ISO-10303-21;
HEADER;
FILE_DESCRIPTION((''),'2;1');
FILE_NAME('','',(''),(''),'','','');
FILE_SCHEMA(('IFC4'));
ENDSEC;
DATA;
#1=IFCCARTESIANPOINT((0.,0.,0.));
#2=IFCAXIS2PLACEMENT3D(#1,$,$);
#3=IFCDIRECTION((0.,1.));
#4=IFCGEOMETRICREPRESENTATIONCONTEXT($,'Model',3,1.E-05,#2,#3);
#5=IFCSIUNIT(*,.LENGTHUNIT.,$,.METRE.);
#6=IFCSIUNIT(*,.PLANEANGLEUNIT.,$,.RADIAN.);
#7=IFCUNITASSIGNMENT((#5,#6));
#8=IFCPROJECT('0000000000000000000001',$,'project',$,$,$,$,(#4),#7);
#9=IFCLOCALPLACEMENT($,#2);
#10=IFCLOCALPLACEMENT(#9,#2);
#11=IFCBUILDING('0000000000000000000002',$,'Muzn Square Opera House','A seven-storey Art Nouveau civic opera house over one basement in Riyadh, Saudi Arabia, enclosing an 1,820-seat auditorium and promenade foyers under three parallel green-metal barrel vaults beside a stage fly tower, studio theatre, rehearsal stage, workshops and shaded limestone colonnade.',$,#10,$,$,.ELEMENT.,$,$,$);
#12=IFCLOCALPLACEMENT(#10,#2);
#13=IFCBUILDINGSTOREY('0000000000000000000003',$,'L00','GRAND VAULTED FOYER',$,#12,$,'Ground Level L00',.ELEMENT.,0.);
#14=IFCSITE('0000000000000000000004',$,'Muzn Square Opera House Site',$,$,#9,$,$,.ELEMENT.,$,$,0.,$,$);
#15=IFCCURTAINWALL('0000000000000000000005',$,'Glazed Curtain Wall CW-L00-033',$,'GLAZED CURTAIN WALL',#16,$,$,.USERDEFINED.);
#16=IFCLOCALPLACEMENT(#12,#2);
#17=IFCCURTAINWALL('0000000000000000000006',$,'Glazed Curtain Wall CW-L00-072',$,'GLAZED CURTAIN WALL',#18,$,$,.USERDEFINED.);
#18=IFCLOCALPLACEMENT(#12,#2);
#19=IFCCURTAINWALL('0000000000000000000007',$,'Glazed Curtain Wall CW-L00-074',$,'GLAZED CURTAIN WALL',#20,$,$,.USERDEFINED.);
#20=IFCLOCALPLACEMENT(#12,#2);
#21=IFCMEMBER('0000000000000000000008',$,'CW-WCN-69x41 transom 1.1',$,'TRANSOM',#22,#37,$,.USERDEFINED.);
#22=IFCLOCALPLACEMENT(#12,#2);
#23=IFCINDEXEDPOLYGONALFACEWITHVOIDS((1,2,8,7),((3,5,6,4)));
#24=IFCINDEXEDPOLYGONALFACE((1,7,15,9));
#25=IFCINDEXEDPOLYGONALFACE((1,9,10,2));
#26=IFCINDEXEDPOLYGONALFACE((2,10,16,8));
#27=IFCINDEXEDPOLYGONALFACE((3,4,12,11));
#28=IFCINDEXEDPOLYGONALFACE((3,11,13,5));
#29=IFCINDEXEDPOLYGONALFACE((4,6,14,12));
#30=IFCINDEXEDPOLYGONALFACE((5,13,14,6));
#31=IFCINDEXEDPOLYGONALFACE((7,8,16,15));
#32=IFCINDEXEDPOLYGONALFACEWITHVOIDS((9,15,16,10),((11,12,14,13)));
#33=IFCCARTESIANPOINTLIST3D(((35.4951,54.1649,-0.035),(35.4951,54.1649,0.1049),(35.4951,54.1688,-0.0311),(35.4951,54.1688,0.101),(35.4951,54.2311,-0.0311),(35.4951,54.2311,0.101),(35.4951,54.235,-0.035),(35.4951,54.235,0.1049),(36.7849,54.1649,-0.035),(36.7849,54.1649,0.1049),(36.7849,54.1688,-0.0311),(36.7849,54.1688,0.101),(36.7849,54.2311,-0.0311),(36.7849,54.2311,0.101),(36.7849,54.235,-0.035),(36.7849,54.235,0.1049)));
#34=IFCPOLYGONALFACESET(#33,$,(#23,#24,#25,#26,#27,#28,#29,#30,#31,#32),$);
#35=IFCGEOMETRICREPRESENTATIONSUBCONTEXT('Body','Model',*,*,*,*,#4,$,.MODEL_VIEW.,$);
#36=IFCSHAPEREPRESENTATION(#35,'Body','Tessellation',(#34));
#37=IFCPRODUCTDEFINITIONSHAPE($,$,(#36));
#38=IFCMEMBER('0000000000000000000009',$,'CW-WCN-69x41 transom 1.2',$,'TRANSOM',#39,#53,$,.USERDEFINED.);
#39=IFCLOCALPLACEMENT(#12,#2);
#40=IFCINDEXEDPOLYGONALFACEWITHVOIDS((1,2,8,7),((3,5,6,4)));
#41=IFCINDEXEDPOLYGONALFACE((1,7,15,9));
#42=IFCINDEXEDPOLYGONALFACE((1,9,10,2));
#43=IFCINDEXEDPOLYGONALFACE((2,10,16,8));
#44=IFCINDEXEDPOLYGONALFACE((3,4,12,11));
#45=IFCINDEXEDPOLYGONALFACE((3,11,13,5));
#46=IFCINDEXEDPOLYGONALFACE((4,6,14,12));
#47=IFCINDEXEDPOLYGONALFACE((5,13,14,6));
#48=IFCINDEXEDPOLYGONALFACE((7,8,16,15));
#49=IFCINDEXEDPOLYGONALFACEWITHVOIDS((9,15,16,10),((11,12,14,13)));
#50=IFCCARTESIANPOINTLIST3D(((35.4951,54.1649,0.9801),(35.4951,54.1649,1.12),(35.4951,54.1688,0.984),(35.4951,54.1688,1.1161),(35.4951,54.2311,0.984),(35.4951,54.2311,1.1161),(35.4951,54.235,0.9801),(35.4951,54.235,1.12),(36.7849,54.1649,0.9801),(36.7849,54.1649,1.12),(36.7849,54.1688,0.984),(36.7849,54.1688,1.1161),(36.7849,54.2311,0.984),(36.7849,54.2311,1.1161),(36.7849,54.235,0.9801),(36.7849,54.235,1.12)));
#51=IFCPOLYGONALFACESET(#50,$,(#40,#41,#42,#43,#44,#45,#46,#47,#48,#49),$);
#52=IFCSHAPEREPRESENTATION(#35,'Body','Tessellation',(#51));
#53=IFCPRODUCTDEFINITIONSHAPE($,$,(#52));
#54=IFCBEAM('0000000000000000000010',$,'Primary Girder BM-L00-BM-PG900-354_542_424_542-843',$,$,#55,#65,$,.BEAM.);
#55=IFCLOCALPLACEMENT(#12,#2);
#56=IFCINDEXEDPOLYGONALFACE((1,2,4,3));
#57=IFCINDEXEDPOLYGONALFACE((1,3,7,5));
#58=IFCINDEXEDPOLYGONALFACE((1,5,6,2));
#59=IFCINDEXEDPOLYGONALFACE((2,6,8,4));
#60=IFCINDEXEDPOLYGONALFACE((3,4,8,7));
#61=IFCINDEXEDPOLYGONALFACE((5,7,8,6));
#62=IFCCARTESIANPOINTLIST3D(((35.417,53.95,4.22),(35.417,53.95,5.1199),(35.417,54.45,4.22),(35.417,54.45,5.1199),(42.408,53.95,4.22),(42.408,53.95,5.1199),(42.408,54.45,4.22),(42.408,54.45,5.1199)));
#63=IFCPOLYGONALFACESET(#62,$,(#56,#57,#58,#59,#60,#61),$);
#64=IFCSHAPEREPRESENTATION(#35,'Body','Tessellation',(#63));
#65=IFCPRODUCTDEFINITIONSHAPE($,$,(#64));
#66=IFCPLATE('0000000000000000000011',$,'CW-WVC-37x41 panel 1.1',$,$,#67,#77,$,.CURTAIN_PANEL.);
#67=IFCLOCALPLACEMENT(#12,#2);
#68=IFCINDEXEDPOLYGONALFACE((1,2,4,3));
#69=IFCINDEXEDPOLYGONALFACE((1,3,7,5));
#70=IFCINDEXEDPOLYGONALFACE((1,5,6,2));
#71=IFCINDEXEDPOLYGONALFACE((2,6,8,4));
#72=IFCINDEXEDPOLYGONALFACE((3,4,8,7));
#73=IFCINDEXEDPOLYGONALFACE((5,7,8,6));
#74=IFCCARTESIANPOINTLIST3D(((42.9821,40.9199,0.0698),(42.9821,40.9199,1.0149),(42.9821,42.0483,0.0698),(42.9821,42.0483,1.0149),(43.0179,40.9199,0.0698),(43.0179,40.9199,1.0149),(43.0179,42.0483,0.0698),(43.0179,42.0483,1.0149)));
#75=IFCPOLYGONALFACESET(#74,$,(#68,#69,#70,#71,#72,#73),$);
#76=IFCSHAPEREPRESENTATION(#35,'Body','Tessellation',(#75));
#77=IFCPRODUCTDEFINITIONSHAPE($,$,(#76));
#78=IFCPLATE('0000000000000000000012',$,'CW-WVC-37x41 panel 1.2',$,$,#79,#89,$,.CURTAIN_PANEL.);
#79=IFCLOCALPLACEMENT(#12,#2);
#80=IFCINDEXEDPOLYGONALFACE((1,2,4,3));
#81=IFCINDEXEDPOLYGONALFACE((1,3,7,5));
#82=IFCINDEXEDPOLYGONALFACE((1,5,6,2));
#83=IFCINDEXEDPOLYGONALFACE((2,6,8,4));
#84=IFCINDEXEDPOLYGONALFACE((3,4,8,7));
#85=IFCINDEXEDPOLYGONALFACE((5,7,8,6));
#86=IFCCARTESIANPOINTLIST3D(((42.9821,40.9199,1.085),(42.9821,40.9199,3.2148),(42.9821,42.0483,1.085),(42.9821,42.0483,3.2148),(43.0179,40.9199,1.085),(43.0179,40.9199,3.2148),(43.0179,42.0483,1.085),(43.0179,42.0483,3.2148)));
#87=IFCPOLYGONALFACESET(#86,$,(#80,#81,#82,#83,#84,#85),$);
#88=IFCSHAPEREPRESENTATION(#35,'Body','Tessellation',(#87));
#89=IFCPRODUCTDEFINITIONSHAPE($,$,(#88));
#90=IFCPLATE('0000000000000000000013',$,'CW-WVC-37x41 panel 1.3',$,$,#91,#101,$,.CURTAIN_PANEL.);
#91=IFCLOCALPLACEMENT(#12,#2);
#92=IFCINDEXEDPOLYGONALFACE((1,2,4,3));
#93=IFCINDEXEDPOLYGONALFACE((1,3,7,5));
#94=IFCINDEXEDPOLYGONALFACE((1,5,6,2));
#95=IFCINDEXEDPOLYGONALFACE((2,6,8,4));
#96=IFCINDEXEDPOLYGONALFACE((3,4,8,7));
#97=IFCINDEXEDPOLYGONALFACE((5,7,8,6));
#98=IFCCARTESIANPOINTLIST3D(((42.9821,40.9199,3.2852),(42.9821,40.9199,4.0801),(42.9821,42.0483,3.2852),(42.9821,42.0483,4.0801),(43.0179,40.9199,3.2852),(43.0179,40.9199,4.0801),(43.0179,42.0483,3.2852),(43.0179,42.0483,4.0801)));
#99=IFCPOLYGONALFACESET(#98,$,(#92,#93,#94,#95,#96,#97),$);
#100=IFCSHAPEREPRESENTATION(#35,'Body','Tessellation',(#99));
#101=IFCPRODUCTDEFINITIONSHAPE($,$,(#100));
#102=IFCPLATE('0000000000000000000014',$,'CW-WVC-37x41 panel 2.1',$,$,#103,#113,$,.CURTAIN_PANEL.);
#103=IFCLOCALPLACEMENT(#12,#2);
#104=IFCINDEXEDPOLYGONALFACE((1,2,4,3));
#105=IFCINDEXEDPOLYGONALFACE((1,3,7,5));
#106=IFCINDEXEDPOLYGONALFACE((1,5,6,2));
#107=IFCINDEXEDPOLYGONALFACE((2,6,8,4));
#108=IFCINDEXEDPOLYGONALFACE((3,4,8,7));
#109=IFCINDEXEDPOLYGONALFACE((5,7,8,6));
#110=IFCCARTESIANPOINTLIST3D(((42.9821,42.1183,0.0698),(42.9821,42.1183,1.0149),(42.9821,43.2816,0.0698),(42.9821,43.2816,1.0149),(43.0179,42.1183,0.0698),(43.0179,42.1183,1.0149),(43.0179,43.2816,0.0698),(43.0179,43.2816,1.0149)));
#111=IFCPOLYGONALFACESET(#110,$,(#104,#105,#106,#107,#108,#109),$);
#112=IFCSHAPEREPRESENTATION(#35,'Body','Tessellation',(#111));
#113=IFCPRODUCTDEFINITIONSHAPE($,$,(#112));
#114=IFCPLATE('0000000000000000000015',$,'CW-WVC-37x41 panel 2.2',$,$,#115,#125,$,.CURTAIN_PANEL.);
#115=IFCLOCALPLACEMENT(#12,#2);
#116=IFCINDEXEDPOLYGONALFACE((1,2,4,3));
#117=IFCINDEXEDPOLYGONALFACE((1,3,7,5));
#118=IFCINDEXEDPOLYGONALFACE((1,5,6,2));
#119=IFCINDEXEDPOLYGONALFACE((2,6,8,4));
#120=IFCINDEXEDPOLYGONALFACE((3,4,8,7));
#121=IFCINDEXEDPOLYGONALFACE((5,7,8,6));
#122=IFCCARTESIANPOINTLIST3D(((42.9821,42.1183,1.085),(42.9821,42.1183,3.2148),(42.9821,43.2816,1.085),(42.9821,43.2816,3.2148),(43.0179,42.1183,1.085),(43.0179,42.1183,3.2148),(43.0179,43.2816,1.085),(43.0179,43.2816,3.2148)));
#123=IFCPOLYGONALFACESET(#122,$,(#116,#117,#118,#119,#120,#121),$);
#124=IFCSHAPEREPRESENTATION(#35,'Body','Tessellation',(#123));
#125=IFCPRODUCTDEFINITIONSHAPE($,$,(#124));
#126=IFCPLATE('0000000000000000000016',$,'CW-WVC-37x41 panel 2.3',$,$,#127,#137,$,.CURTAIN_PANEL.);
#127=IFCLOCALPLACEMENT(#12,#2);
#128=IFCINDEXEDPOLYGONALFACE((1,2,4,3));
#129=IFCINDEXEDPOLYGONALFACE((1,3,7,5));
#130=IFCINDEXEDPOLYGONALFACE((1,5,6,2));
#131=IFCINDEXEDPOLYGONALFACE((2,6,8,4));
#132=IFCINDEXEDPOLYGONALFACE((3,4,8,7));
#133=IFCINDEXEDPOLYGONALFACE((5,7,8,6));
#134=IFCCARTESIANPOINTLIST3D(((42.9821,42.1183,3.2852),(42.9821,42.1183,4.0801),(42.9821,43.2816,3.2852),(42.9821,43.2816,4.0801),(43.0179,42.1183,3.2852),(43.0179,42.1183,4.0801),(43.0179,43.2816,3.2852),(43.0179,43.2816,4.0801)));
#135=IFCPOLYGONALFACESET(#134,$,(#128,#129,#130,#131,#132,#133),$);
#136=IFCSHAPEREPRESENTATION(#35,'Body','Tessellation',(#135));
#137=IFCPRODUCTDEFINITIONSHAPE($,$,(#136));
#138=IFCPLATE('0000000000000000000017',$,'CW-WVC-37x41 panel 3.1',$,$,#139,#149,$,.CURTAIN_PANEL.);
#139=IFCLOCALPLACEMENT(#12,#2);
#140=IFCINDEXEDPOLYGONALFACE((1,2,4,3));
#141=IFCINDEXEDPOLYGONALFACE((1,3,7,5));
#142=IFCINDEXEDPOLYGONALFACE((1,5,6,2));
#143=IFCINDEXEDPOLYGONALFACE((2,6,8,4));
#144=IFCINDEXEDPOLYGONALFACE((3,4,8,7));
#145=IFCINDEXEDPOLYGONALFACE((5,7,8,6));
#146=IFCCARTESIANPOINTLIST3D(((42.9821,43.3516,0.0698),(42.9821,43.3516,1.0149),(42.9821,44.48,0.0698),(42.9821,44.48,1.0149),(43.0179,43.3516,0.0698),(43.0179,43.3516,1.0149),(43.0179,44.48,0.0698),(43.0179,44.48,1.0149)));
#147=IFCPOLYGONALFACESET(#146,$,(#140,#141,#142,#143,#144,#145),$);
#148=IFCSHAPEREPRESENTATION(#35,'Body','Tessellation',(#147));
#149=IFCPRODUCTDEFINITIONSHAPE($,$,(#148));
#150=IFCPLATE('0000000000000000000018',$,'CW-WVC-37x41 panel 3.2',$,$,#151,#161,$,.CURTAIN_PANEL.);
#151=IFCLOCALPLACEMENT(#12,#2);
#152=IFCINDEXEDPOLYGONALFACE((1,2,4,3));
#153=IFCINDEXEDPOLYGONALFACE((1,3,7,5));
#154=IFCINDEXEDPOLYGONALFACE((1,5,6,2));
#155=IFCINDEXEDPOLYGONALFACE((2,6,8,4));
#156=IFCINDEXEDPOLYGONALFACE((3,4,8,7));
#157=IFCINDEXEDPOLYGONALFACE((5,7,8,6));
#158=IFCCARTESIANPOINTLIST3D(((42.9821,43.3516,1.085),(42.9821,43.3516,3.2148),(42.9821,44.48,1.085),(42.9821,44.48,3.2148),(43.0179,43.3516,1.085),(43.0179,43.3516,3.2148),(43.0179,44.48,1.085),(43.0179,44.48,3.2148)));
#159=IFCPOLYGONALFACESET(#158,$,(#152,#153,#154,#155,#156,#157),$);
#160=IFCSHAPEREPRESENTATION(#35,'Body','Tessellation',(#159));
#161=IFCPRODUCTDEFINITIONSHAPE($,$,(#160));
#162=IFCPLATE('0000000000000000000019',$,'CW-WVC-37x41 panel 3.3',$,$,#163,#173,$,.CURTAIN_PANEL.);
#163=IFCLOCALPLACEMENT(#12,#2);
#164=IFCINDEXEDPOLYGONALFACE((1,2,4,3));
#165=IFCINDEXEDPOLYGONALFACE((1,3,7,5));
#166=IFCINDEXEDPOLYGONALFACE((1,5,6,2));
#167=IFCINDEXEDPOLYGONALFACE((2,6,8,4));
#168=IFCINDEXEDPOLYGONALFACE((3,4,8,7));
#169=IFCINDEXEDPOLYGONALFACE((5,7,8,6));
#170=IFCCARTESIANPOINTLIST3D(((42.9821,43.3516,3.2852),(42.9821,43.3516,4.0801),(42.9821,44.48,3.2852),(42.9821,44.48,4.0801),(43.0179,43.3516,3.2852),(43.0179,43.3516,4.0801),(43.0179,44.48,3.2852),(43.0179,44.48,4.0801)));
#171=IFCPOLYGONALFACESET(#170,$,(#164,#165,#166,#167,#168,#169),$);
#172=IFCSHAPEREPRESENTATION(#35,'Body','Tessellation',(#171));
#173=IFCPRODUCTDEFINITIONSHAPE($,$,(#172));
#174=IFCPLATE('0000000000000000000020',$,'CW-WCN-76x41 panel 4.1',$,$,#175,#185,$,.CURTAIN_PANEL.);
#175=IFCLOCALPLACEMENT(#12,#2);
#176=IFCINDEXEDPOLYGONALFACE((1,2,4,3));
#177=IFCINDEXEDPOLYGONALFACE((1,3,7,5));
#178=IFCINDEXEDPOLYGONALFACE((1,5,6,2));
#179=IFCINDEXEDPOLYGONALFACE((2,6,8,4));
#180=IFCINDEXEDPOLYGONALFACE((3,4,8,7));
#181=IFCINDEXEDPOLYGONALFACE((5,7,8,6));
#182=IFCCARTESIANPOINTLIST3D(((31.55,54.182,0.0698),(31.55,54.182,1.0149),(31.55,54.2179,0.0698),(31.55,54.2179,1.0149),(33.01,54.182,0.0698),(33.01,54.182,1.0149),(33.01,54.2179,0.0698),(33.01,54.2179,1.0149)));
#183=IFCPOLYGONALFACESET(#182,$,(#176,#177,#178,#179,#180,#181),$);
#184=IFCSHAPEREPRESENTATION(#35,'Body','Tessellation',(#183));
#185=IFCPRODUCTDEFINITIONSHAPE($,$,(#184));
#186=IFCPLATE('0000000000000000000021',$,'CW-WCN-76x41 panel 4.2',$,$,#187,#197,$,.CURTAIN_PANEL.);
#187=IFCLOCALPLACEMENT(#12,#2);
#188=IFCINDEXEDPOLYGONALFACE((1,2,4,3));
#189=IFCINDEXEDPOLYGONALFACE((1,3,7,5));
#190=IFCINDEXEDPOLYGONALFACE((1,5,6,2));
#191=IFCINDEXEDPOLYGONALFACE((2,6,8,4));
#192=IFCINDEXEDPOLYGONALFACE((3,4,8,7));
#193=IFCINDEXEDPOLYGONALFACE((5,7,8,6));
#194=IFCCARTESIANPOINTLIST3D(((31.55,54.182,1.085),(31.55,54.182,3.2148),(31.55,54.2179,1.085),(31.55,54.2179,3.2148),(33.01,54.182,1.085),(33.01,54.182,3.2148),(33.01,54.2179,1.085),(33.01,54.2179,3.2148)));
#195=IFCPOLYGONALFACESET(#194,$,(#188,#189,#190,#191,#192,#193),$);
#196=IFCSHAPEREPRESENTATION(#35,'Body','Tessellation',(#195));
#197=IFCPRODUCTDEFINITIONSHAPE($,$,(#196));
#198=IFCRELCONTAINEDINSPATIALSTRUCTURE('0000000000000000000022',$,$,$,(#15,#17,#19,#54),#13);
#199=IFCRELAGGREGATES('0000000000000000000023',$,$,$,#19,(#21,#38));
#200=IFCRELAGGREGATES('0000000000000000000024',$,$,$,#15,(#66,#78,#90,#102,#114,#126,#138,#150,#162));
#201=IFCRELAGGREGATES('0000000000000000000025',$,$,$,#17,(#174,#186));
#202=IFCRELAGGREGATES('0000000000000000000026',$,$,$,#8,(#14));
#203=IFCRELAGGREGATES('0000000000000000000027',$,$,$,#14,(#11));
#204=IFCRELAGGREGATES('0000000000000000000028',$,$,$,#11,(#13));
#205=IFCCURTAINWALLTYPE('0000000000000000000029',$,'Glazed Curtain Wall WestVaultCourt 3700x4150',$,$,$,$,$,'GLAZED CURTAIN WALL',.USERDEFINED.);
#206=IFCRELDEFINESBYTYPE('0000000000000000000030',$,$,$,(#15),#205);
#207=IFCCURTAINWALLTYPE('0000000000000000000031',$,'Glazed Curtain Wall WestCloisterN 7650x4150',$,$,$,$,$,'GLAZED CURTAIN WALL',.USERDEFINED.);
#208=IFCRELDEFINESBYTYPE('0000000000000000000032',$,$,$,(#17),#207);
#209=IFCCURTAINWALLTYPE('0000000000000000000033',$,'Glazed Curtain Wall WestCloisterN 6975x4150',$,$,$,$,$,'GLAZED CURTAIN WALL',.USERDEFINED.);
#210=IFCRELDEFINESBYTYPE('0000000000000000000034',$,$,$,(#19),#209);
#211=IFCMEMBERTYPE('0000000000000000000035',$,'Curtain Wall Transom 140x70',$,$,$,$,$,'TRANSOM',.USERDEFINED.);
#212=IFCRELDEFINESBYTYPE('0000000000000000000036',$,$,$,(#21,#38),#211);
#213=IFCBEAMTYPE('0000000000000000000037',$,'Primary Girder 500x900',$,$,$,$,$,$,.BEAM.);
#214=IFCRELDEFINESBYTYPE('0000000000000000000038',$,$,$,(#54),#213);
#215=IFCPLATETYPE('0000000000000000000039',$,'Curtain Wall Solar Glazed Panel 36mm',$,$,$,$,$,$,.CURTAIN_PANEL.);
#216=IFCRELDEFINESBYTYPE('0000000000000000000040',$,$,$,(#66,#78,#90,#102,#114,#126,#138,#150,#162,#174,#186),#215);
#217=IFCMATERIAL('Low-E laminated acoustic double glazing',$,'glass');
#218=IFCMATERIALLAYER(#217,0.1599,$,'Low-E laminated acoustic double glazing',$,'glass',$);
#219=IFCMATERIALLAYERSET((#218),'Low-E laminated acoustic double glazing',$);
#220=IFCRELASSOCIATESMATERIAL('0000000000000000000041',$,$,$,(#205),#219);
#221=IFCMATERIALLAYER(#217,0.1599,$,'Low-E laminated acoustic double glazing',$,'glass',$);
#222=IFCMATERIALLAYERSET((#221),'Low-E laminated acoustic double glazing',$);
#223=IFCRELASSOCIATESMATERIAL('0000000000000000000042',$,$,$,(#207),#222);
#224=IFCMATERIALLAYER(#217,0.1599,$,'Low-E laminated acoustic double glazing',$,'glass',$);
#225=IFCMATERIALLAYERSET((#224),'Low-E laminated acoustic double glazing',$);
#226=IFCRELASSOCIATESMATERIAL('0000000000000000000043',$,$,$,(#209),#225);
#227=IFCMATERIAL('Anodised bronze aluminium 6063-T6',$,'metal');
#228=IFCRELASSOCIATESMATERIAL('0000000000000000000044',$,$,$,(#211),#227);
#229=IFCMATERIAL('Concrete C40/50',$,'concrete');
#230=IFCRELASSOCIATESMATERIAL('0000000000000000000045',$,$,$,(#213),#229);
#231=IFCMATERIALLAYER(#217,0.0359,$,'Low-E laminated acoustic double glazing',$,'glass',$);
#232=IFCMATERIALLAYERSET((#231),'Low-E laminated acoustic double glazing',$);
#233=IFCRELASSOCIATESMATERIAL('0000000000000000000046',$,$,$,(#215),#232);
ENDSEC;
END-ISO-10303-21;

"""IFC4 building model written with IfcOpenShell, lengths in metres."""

from ifc_helpers import new_model, si_unit, direction, frame, origin, origin_2d, place, context, subcontext, project, spatial, rectangle, hollow_rectangle, extrude, material, layer, layer_set, material_profile, profile_set, type_object, element, aggregate, save


model = new_model("IFC4")

# Units and contexts
model_context = context("Model", 3, precision=1e-05, world=origin(), true_north=direction((0.0, 1.0)))
body_context = subcontext(model_context, "Body", "Model", "MODEL_VIEW")
ifc_project = project(units=[si_unit("LENGTHUNIT", "METRE"), si_unit("PLANEANGLEUNIT", "RADIAN")], contexts=[model_context])

# Site, building, storey
site_placement = place(None, origin())
site = spatial("IfcSite", under=ifc_project, at=site_placement, Name="Muzn Square Opera House Site", CompositionType="ELEMENT", RefElevation=0.0)
building_placement = place(site_placement, origin())
building = spatial("IfcBuilding", under=site, at=building_placement, Name="Muzn Square Opera House", Description="A seven-storey Art Nouveau civic opera house over one basement in Riyadh, Saudi Arabia, enclosing an 1,820-seat auditorium and promenade foyers under three parallel green-metal barrel vaults beside a stage fly tower, studio theatre, rehearsal stage, workshops and shaded limestone colonnade.", CompositionType="ELEMENT")
storey_placement = place(building_placement, origin())
storey = spatial("IfcBuildingStorey", under=building, at=storey_placement, Name="L00", Description="GRAND VAULTED FOYER", LongName="Ground Level L00", CompositionType="ELEMENT", Elevation=0.0)

# Curtain walls
ifc_material_1 = material(Name="Low-E laminated acoustic double glazing", Category="glass")
ifc_layer_1 = layer(ifc_material_1, 0.1599, Name="Low-E laminated acoustic double glazing", Category="glass")
ifc_layer_set_1 = layer_set([ifc_layer_1], Name="Low-E laminated acoustic double glazing")
curtain_wall_type_1 = type_object("IfcCurtainWallType", Name="Glazed Curtain Wall WestVaultCourt 3700x4150", ElementType="GLAZED CURTAIN WALL", PredefinedType="USERDEFINED", material=ifc_layer_set_1)
curtain_wall_1_placement = place(storey_placement, origin())
curtain_wall_1 = element("IfcCurtainWall", 1, at=curtain_wall_1_placement, inside=storey, type_object=curtain_wall_type_1, Name="Glazed Curtain Wall CW-L00-033", ObjectType="GLAZED CURTAIN WALL", PredefinedType="USERDEFINED")
ifc_material_2 = material(Name="Anodised bronze aluminium 6063-T6", Category="metal")
ifc_layer_2 = layer(ifc_material_1, 0.1599, Name="Low-E laminated acoustic double glazing", Category="glass")
ifc_layer_set_2 = layer_set([ifc_layer_2], Name="Low-E laminated acoustic double glazing")
curtain_wall_type_2 = type_object("IfcCurtainWallType", Name="Glazed Curtain Wall WestCloisterN 7650x4150", ElementType="GLAZED CURTAIN WALL", PredefinedType="USERDEFINED", material=ifc_layer_set_2)
curtain_wall_2_placement = place(storey_placement, origin())
curtain_wall_2 = element("IfcCurtainWall", 2, at=curtain_wall_2_placement, inside=storey, type_object=curtain_wall_type_2, Name="Glazed Curtain Wall CW-L00-072", ObjectType="GLAZED CURTAIN WALL", PredefinedType="USERDEFINED")

# Curtain wall
ifc_layer_3 = layer(ifc_material_1, 0.1599, Name="Low-E laminated acoustic double glazing", Category="glass")
ifc_layer_set_3 = layer_set([ifc_layer_3], Name="Low-E laminated acoustic double glazing")
curtain_wall_type_3 = type_object("IfcCurtainWallType", Name="Glazed Curtain Wall WestCloisterN 6975x4150", ElementType="GLAZED CURTAIN WALL", PredefinedType="USERDEFINED", material=ifc_layer_set_3)
curtain_wall_3_placement = place(storey_placement, origin())
curtain_wall_3 = element("IfcCurtainWall", 3, at=curtain_wall_3_placement, inside=storey, type_object=curtain_wall_type_3, Name="Glazed Curtain Wall CW-L00-074", ObjectType="GLAZED CURTAIN WALL", PredefinedType="USERDEFINED")

# Members
ifc_material_profile_1 = material_profile(ifc_material_2, hollow_rectangle(XDim=0.0701, YDim=0.1399, WallThickness=0.0039, at=origin_2d()), Name="ALU 140x70x4", Category="metal")
ifc_profile_set_1 = profile_set([ifc_material_profile_1], Name="Anodised bronze aluminium 6063-T6")
member_type_1 = type_object("IfcMemberType", Name="Curtain Wall Transom 140x70", ElementType="TRANSOM", PredefinedType="USERDEFINED", material=ifc_profile_set_1)
member_1_placement = place(storey_placement, frame((35.4951, 54.2, 0.0349), z_axis=(1.0, 0.0, 0.0), x_axis=(0.0, 1.0, 0.0)))
member_1 = element("IfcMember", 4, at=member_1_placement, type_object=member_type_1, Name="CW-WCN-69x41 transom 1.1", ObjectType="TRANSOM", PredefinedType="USERDEFINED", context=body_context, shape_type="SweptSolid", body=[
    extrude(hollow_rectangle(XDim=0.0701, YDim=0.1399, WallThickness=0.0039, at=origin_2d()), origin(), (0.0, 0.0, 1.0), 1.2898),
])
member_2_placement = place(storey_placement, frame((35.4951, 54.2, 1.05), z_axis=(1.0, 0.0, 0.0), x_axis=(0.0, 1.0, 0.0)))
member_2 = element("IfcMember", 5, at=member_2_placement, type_object=member_type_1, Name="CW-WCN-69x41 transom 1.2", ObjectType="TRANSOM", PredefinedType="USERDEFINED", context=body_context, shape_type="SweptSolid", body=[
    extrude(hollow_rectangle(XDim=0.0701, YDim=0.1399, WallThickness=0.0039, at=origin_2d()), origin(), (0.0, 0.0, 1.0), 1.2898),
])
aggregate(curtain_wall_3, [member_1, member_2])

# Beam
ifc_material_3 = material(Name="Concrete C40/50", Category="concrete")
ifc_material_profile_2 = material_profile(ifc_material_3, rectangle(XDim=0.5, YDim=0.8999, at=origin_2d()), Name="RCB 500x900", Category="concrete")
ifc_profile_set_2 = profile_set([ifc_material_profile_2], Name="Concrete C40/50")
beam_type = type_object("IfcBeamType", Name="Primary Girder 500x900", PredefinedType="BEAM", material=ifc_profile_set_2)
beam_placement = place(storey_placement, frame((35.417, 54.2, 4.6699), z_axis=(1.0, 0.0, 0.0), x_axis=(0.0, 1.0, 0.0)))
element("IfcBeam", 6, at=beam_placement, inside=storey, type_object=beam_type, Name="Primary Girder BM-L00-BM-PG900-354_542_424_542-843", PredefinedType="BEAM", context=body_context, shape_type="SweptSolid", body=[
    extrude(rectangle(XDim=0.5, YDim=0.8999, at=origin_2d()), origin(), (0.0, 0.0, 1.0), 6.991),
])

# Plates
ifc_layer_4 = layer(ifc_material_1, 0.0359, Name="Low-E laminated acoustic double glazing", Category="glass")
ifc_layer_set_4 = layer_set([ifc_layer_4], Name="Low-E laminated acoustic double glazing")
plate_type = type_object("IfcPlateType", Name="Curtain Wall Solar Glazed Panel 36mm", PredefinedType="CURTAIN_PANEL", material=ifc_layer_set_4)
plate_1_placement = place(storey_placement, frame((43.0, 41.4841, 0.0698), z_axis=(0.0, 0.0, 1.0), x_axis=(0.0, 1.0, 0.0)))
plate_1 = element("IfcPlate", 7, at=plate_1_placement, type_object=plate_type, Name="CW-WVC-37x41 panel 1.1", PredefinedType="CURTAIN_PANEL", context=body_context, shape_type="SweptSolid", body=[
    extrude(rectangle(XDim=1.1284, YDim=0.0359, at=origin_2d()), origin(), (0.0, 0.0, 1.0), 0.9451),
])
plate_2_placement = place(storey_placement, frame((43.0, 41.4841, 1.085), z_axis=(0.0, 0.0, 1.0), x_axis=(0.0, 1.0, 0.0)))
plate_2 = element("IfcPlate", 8, at=plate_2_placement, type_object=plate_type, Name="CW-WVC-37x41 panel 1.2", PredefinedType="CURTAIN_PANEL", context=body_context, shape_type="SweptSolid", body=[
    extrude(rectangle(XDim=1.1284, YDim=0.0359, at=origin_2d()), origin(), (0.0, 0.0, 1.0), 2.1299),
])
plate_3_placement = place(storey_placement, frame((43.0, 41.4841, 3.2852), z_axis=(0.0, 0.0, 1.0), x_axis=(0.0, 1.0, 0.0)))
plate_3 = element("IfcPlate", 9, at=plate_3_placement, type_object=plate_type, Name="CW-WVC-37x41 panel 1.3", PredefinedType="CURTAIN_PANEL", context=body_context, shape_type="SweptSolid", body=[
    extrude(rectangle(XDim=1.1284, YDim=0.0359, at=origin_2d()), origin(), (0.0, 0.0, 1.0), 0.7949),
])
plate_4_placement = place(storey_placement, frame((43.0, 42.7, 0.0698), z_axis=(0.0, 0.0, 1.0), x_axis=(0.0, 1.0, 0.0)))
plate_4 = element("IfcPlate", 10, at=plate_4_placement, type_object=plate_type, Name="CW-WVC-37x41 panel 2.1", PredefinedType="CURTAIN_PANEL", context=body_context, shape_type="SweptSolid", body=[
    extrude(rectangle(XDim=1.1633, YDim=0.0359, at=origin_2d()), origin(), (0.0, 0.0, 1.0), 0.9451),
])
plate_5_placement = place(storey_placement, frame((43.0, 42.7, 1.085), z_axis=(0.0, 0.0, 1.0), x_axis=(0.0, 1.0, 0.0)))
plate_5 = element("IfcPlate", 11, at=plate_5_placement, type_object=plate_type, Name="CW-WVC-37x41 panel 2.2", PredefinedType="CURTAIN_PANEL", context=body_context, shape_type="SweptSolid", body=[
    extrude(rectangle(XDim=1.1633, YDim=0.0359, at=origin_2d()), origin(), (0.0, 0.0, 1.0), 2.1299),
])
plate_6_placement = place(storey_placement, frame((43.0, 42.7, 3.2852), z_axis=(0.0, 0.0, 1.0), x_axis=(0.0, 1.0, 0.0)))
plate_6 = element("IfcPlate", 12, at=plate_6_placement, type_object=plate_type, Name="CW-WVC-37x41 panel 2.3", PredefinedType="CURTAIN_PANEL", context=body_context, shape_type="SweptSolid", body=[
    extrude(rectangle(XDim=1.1633, YDim=0.0359, at=origin_2d()), origin(), (0.0, 0.0, 1.0), 0.7949),
])
plate_7_placement = place(storey_placement, frame((43.0, 43.9158, 0.0698), z_axis=(0.0, 0.0, 1.0), x_axis=(0.0, 1.0, 0.0)))
plate_7 = element("IfcPlate", 13, at=plate_7_placement, type_object=plate_type, Name="CW-WVC-37x41 panel 3.1", PredefinedType="CURTAIN_PANEL", context=body_context, shape_type="SweptSolid", body=[
    extrude(rectangle(XDim=1.1284, YDim=0.0359, at=origin_2d()), origin(), (0.0, 0.0, 1.0), 0.9451),
])
plate_8_placement = place(storey_placement, frame((43.0, 43.9158, 1.085), z_axis=(0.0, 0.0, 1.0), x_axis=(0.0, 1.0, 0.0)))
plate_8 = element("IfcPlate", 14, at=plate_8_placement, type_object=plate_type, Name="CW-WVC-37x41 panel 3.2", PredefinedType="CURTAIN_PANEL", context=body_context, shape_type="SweptSolid", body=[
    extrude(rectangle(XDim=1.1284, YDim=0.0359, at=origin_2d()), origin(), (0.0, 0.0, 1.0), 2.1299),
])
plate_9_placement = place(storey_placement, frame((43.0, 43.9158, 3.2852), z_axis=(0.0, 0.0, 1.0), x_axis=(0.0, 1.0, 0.0)))
plate_9 = element("IfcPlate", 15, at=plate_9_placement, type_object=plate_type, Name="CW-WVC-37x41 panel 3.3", PredefinedType="CURTAIN_PANEL", context=body_context, shape_type="SweptSolid", body=[
    extrude(rectangle(XDim=1.1284, YDim=0.0359, at=origin_2d()), origin(), (0.0, 0.0, 1.0), 0.7949),
])
aggregate(curtain_wall_1, [plate_1, plate_2, plate_3, plate_4, plate_5, plate_6, plate_7, plate_8, plate_9])
plate_10_placement = place(storey_placement, frame((32.28, 54.2, 0.0698), z_axis=(0.0, 0.0, 1.0), x_axis=(1.0, 0.0, 0.0)))
plate_10 = element("IfcPlate", 16, at=plate_10_placement, type_object=plate_type, Name="CW-WCN-76x41 panel 4.1", PredefinedType="CURTAIN_PANEL", context=body_context, shape_type="SweptSolid", body=[
    extrude(rectangle(XDim=1.46, YDim=0.0359, at=origin_2d()), origin(), (0.0, 0.0, 1.0), 0.9451),
])
plate_11_placement = place(storey_placement, frame((32.28, 54.2, 1.085), z_axis=(0.0, 0.0, 1.0), x_axis=(1.0, 0.0, 0.0)))
plate_11 = element("IfcPlate", 17, at=plate_11_placement, type_object=plate_type, Name="CW-WCN-76x41 panel 4.2", PredefinedType="CURTAIN_PANEL", context=body_context, shape_type="SweptSolid", body=[
    extrude(rectangle(XDim=1.46, YDim=0.0359, at=origin_2d()), origin(), (0.0, 0.0, 1.0), 2.1299),
])
aggregate(curtain_wall_2, [plate_10, plate_11])

save(model, "model.ifc")
